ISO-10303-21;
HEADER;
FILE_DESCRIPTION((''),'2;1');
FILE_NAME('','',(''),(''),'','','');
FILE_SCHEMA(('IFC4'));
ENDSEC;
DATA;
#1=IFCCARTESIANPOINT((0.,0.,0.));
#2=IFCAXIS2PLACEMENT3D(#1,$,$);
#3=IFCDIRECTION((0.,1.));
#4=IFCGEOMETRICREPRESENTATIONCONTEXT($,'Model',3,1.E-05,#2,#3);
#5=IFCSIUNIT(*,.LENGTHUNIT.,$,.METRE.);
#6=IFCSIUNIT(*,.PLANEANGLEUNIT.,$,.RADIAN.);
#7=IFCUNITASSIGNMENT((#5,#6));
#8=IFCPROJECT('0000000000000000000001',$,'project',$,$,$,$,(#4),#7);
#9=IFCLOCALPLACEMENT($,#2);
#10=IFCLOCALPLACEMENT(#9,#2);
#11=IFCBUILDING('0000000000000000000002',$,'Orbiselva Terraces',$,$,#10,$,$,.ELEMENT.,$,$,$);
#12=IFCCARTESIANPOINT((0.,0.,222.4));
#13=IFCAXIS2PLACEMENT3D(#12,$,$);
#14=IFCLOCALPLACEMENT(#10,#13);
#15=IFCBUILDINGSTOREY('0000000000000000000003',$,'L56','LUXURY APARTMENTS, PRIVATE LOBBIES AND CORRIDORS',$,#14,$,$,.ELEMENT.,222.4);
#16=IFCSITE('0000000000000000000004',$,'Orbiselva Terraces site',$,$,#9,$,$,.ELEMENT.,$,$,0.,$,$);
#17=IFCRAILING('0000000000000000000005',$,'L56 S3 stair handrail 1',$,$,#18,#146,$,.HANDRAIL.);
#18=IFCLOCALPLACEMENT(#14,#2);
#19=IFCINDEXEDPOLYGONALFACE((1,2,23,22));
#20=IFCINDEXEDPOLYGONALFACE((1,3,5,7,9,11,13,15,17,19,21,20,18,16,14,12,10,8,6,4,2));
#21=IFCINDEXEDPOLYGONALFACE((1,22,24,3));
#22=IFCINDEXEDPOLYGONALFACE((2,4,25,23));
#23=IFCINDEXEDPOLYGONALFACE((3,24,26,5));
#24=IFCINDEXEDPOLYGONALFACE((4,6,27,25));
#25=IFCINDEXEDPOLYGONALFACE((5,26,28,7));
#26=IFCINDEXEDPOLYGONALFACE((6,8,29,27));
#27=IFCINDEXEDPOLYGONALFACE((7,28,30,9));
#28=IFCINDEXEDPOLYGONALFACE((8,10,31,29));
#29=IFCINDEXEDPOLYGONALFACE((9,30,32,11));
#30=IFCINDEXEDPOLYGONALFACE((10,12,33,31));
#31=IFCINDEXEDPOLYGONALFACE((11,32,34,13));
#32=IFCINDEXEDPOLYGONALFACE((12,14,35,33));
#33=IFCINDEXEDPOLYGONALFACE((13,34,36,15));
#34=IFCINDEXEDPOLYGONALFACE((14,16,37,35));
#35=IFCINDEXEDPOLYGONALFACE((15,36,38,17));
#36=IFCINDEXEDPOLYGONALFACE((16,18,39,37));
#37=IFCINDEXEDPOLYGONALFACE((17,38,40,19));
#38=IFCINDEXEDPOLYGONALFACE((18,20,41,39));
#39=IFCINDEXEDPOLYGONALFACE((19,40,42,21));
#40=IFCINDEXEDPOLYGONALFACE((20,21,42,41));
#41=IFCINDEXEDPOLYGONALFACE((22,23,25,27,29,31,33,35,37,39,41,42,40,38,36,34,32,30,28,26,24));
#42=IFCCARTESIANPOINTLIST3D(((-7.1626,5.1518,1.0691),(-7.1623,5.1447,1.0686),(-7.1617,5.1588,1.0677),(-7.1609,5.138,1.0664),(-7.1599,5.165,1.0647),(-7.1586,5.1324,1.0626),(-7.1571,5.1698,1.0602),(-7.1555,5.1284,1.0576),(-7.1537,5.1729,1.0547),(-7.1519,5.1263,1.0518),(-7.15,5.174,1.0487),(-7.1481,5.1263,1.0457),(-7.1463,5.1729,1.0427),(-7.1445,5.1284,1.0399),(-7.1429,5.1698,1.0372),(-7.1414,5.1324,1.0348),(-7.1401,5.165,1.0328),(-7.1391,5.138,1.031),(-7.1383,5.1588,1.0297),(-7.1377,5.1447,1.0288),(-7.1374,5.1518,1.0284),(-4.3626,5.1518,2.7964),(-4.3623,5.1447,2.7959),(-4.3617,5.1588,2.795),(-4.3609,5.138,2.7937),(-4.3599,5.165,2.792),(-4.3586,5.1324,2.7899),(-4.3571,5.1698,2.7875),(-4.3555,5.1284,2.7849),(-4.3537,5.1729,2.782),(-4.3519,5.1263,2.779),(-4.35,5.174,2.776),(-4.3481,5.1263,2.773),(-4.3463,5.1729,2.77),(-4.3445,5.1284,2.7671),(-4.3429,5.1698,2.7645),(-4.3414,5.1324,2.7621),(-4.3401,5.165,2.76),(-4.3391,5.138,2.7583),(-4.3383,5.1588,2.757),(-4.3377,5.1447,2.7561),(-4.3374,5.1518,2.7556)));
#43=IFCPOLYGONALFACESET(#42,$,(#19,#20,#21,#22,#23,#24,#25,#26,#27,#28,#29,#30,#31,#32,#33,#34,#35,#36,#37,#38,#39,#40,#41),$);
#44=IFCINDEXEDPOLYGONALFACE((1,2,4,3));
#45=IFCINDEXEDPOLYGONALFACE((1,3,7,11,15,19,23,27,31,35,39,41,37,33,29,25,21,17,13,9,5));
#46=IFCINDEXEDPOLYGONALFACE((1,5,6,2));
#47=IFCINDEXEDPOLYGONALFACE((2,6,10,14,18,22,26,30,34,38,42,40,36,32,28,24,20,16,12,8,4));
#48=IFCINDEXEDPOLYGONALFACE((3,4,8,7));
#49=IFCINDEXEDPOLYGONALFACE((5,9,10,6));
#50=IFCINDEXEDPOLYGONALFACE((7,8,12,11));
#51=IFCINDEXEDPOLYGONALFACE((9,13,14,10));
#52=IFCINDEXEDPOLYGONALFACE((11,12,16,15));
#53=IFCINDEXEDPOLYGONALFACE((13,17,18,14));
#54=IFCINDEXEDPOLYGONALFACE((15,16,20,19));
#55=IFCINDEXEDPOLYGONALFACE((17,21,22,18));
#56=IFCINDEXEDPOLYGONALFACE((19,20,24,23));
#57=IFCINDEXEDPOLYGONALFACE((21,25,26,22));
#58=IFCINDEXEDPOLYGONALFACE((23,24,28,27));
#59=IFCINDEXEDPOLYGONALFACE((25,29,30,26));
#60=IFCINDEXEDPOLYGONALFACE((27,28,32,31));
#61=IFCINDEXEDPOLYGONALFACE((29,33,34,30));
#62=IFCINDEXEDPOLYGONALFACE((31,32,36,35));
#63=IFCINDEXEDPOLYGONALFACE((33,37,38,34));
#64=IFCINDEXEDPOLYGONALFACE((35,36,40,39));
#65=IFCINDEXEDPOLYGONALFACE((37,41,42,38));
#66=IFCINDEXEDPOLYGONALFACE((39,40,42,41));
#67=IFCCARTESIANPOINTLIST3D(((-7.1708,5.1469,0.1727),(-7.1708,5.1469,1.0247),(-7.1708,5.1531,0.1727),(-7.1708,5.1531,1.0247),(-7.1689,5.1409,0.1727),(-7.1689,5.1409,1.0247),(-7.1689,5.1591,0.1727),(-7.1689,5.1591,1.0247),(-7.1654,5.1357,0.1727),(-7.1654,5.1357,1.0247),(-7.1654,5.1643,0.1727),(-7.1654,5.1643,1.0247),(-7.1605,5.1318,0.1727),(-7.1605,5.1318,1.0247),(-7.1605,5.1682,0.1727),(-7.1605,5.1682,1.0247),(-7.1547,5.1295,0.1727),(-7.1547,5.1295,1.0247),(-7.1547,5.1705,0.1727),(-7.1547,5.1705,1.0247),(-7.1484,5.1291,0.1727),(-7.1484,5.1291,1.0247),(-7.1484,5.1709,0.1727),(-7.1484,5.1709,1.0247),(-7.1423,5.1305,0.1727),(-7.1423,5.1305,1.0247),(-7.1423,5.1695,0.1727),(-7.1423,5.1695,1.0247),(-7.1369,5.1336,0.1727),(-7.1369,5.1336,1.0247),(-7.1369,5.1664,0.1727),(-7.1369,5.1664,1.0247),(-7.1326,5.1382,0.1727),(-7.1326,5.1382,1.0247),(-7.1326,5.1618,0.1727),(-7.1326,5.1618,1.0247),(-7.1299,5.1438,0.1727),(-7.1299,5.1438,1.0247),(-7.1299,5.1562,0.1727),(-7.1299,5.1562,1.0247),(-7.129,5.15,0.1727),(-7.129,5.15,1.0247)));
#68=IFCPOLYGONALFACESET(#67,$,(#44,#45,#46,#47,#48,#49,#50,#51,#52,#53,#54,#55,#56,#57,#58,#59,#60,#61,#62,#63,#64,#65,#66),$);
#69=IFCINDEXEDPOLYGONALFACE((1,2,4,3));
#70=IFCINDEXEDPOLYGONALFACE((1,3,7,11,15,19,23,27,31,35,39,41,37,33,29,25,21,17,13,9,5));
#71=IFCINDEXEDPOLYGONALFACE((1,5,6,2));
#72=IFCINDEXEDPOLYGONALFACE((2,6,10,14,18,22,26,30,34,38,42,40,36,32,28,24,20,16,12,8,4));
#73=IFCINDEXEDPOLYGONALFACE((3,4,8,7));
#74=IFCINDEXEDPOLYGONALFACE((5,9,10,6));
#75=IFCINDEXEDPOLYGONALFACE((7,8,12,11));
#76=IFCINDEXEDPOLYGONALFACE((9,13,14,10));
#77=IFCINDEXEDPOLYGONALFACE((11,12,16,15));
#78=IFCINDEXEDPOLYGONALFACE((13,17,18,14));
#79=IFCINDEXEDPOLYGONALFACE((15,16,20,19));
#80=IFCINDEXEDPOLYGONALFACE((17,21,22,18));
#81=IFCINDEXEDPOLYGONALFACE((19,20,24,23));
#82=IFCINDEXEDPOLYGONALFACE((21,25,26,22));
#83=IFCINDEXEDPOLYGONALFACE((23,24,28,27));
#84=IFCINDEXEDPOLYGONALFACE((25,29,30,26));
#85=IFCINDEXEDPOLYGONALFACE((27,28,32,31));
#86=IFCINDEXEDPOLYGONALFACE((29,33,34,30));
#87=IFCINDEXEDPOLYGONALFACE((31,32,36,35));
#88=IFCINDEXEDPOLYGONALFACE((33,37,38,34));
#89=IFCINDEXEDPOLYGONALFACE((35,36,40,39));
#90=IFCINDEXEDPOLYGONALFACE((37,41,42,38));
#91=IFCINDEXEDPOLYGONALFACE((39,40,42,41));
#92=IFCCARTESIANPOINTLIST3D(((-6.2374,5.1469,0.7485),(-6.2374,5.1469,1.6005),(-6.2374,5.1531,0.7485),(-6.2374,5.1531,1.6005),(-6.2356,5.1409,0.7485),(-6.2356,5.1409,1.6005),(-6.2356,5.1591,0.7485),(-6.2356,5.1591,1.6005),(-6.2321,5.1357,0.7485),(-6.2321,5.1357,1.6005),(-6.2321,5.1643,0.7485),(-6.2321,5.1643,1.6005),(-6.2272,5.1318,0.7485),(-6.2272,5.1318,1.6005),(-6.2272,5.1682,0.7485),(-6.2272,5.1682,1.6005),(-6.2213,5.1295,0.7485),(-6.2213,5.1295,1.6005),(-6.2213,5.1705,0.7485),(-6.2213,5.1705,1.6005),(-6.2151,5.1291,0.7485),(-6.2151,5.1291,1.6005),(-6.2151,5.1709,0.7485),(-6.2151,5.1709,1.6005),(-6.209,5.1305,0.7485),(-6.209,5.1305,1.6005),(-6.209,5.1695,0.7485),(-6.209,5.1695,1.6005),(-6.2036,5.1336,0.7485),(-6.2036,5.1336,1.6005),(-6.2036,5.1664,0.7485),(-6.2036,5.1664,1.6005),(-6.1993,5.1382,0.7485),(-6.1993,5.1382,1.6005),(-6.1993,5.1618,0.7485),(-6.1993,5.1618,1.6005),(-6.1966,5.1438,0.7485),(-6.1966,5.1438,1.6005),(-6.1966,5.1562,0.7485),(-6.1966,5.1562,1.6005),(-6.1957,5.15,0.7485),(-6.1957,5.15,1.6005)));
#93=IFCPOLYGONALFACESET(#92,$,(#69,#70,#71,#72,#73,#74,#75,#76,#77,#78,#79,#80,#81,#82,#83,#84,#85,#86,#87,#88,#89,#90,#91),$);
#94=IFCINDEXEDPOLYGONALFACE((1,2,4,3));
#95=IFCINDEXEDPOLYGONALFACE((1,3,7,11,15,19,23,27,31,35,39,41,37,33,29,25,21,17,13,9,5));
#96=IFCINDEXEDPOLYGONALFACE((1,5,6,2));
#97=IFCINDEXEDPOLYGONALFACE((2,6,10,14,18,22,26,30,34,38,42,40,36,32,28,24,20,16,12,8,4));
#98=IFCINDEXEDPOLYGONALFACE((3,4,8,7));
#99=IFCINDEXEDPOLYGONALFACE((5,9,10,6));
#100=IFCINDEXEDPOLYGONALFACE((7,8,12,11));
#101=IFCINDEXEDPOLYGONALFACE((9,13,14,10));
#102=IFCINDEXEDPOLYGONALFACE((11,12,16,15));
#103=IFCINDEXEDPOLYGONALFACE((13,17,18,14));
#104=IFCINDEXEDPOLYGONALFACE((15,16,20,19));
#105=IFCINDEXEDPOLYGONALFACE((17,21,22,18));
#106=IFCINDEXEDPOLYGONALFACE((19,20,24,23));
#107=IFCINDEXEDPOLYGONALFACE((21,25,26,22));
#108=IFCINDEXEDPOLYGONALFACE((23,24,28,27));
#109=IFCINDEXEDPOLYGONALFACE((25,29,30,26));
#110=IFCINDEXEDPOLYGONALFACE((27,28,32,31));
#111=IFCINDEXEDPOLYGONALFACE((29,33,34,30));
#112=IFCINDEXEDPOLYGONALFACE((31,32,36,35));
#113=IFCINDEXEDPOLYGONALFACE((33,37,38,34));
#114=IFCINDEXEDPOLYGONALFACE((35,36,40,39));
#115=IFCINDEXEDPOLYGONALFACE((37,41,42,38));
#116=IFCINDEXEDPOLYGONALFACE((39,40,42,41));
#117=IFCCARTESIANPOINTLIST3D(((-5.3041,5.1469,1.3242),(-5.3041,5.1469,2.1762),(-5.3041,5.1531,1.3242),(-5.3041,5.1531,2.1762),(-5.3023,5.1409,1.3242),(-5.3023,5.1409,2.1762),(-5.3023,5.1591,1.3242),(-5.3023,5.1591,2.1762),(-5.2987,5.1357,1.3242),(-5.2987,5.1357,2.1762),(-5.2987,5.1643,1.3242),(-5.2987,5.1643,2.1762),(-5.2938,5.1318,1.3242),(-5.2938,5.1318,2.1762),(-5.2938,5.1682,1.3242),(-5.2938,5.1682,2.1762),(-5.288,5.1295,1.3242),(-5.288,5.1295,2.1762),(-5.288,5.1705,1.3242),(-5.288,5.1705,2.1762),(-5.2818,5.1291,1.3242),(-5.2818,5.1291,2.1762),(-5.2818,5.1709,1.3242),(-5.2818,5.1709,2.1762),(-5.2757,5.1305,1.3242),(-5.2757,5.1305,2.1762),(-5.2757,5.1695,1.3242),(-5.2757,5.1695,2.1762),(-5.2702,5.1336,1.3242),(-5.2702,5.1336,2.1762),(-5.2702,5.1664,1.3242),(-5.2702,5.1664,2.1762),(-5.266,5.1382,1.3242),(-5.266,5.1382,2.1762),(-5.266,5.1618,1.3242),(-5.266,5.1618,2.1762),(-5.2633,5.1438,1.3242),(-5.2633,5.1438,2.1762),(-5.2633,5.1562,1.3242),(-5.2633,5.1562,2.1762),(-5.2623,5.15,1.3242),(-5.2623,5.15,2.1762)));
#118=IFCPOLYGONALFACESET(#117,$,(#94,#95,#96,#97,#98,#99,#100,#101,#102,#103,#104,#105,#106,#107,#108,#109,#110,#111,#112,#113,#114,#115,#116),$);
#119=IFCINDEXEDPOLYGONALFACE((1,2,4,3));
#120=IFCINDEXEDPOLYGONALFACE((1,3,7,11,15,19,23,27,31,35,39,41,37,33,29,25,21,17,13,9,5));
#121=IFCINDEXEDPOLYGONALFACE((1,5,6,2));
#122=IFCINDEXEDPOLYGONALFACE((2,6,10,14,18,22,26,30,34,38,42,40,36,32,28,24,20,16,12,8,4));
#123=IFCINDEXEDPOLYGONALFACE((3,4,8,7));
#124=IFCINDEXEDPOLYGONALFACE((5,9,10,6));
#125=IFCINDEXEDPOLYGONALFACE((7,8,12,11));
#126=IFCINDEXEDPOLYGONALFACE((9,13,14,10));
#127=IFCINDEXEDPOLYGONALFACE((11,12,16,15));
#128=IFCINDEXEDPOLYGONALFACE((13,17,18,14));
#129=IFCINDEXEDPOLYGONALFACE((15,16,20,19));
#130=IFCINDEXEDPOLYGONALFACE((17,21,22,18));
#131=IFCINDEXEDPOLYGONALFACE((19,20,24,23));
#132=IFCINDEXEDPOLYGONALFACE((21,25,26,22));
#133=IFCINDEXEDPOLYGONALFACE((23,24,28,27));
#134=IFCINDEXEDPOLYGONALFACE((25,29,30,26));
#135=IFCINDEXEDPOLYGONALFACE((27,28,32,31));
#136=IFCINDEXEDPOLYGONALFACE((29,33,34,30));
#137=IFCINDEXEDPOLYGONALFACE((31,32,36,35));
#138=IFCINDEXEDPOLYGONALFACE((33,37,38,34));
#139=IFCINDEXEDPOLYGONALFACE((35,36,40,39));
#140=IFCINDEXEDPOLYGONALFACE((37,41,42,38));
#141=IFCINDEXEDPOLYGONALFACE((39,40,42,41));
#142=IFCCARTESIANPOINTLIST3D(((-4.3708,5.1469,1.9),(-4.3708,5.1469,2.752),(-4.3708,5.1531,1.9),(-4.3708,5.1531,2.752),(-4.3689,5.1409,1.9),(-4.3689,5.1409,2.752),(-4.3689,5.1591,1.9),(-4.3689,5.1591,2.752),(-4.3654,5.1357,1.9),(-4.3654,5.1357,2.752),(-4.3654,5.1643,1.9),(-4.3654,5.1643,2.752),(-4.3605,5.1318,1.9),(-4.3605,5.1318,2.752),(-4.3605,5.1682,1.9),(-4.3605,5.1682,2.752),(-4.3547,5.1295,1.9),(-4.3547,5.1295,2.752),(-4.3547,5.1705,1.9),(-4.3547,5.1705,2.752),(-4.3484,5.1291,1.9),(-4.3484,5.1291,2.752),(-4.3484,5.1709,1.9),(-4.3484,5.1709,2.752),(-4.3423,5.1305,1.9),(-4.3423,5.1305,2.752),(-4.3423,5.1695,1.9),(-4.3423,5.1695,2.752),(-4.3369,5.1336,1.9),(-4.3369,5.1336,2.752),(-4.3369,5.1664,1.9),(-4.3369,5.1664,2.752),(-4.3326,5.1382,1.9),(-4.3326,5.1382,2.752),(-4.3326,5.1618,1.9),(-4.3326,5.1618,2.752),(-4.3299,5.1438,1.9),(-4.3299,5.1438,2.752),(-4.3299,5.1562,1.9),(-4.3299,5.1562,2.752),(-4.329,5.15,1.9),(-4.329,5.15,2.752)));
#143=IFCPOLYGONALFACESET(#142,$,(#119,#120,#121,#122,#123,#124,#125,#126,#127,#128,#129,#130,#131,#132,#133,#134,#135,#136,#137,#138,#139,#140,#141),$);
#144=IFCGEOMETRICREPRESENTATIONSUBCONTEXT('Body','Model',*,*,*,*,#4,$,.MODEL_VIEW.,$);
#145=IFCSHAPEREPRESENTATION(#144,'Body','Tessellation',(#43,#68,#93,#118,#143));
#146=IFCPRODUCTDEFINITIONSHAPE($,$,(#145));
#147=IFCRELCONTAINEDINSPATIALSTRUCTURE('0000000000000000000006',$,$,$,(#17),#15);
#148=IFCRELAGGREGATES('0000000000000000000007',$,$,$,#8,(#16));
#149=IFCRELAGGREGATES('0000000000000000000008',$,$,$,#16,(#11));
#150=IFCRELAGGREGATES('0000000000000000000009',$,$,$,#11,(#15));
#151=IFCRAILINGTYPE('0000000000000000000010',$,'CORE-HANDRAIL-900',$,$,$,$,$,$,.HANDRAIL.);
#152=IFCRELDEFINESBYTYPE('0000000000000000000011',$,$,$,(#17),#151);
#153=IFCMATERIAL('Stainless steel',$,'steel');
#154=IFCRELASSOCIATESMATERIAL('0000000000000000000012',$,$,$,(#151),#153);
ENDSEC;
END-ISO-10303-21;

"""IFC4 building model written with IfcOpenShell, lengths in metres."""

from ifc_helpers import new_model, si_unit, direction, frame, origin, origin_2d, place, context, subcontext, project, spatial, circle, extrude, material, type_object, element, save


model = new_model("IFC4")

# Units and contexts
model_context = context("Model", 3, precision=1e-05, world=origin(), true_north=direction((0.0, 1.0)))
body_context = subcontext(model_context, "Body", "Model", "MODEL_VIEW")
ifc_project = project(units=[si_unit("LENGTHUNIT", "METRE"), si_unit("PLANEANGLEUNIT", "RADIAN")], contexts=[model_context])

# Site, building, storey
site_placement = place(None, origin())
site = spatial("IfcSite", under=ifc_project, at=site_placement, Name="Orbiselva Terraces site", CompositionType="ELEMENT", RefElevation=0.0)
building_placement = place(site_placement, origin())
building = spatial("IfcBuilding", under=site, at=building_placement, Name="Orbiselva Terraces", CompositionType="ELEMENT")
storey_placement = place(building_placement, frame((0.0, 0.0, 222.4)))
storey = spatial("IfcBuildingStorey", under=building, at=storey_placement, Name="L56", Description="LUXURY APARTMENTS, PRIVATE LOBBIES AND CORRIDORS", CompositionType="ELEMENT", Elevation=222.4)

# Railing
ifc_material_1 = material(Name="Stainless steel", Category="steel")
railing_type_1 = type_object("IfcRailingType", Name="CORE-HANDRAIL-900", PredefinedType="HANDRAIL", material=ifc_material_1)
railing_1_placement = place(storey_placement, frame((-7.15, 5.15, 0.1727)))
element("IfcRailing", 1, at=railing_1_placement, inside=storey, type_object=railing_type_1, Name="L56 S3 stair handrail 1", PredefinedType="HANDRAIL", context=body_context, shape_type="SweptSolid", body=[
    extrude(circle(Radius=0.024, at=origin_2d()), frame((0.0, 0.0, 0.876), z_axis=(0.851089, 0.0, 0.525022), x_axis=(0.0, 1.0, 0.0)), (0.0, 0.0, 1.0), 3.2899),
    extrude(circle(Radius=0.021, at=origin_2d()), origin(), (0.0, 0.0, 1.0), 0.852),
    extrude(circle(Radius=0.021, at=origin_2d()), frame((0.9333, 0.0, 0.5758)), (0.0, 0.0, 1.0), 0.852),
    extrude(circle(Radius=0.021, at=origin_2d()), frame((1.8667, 0.0, 1.1515)), (0.0, 0.0, 1.0), 0.852),
    extrude(circle(Radius=0.021, at=origin_2d()), frame((2.8, 0.0, 1.7273)), (0.0, 0.0, 1.0), 0.852),
])

save(model, "model.ifc")
